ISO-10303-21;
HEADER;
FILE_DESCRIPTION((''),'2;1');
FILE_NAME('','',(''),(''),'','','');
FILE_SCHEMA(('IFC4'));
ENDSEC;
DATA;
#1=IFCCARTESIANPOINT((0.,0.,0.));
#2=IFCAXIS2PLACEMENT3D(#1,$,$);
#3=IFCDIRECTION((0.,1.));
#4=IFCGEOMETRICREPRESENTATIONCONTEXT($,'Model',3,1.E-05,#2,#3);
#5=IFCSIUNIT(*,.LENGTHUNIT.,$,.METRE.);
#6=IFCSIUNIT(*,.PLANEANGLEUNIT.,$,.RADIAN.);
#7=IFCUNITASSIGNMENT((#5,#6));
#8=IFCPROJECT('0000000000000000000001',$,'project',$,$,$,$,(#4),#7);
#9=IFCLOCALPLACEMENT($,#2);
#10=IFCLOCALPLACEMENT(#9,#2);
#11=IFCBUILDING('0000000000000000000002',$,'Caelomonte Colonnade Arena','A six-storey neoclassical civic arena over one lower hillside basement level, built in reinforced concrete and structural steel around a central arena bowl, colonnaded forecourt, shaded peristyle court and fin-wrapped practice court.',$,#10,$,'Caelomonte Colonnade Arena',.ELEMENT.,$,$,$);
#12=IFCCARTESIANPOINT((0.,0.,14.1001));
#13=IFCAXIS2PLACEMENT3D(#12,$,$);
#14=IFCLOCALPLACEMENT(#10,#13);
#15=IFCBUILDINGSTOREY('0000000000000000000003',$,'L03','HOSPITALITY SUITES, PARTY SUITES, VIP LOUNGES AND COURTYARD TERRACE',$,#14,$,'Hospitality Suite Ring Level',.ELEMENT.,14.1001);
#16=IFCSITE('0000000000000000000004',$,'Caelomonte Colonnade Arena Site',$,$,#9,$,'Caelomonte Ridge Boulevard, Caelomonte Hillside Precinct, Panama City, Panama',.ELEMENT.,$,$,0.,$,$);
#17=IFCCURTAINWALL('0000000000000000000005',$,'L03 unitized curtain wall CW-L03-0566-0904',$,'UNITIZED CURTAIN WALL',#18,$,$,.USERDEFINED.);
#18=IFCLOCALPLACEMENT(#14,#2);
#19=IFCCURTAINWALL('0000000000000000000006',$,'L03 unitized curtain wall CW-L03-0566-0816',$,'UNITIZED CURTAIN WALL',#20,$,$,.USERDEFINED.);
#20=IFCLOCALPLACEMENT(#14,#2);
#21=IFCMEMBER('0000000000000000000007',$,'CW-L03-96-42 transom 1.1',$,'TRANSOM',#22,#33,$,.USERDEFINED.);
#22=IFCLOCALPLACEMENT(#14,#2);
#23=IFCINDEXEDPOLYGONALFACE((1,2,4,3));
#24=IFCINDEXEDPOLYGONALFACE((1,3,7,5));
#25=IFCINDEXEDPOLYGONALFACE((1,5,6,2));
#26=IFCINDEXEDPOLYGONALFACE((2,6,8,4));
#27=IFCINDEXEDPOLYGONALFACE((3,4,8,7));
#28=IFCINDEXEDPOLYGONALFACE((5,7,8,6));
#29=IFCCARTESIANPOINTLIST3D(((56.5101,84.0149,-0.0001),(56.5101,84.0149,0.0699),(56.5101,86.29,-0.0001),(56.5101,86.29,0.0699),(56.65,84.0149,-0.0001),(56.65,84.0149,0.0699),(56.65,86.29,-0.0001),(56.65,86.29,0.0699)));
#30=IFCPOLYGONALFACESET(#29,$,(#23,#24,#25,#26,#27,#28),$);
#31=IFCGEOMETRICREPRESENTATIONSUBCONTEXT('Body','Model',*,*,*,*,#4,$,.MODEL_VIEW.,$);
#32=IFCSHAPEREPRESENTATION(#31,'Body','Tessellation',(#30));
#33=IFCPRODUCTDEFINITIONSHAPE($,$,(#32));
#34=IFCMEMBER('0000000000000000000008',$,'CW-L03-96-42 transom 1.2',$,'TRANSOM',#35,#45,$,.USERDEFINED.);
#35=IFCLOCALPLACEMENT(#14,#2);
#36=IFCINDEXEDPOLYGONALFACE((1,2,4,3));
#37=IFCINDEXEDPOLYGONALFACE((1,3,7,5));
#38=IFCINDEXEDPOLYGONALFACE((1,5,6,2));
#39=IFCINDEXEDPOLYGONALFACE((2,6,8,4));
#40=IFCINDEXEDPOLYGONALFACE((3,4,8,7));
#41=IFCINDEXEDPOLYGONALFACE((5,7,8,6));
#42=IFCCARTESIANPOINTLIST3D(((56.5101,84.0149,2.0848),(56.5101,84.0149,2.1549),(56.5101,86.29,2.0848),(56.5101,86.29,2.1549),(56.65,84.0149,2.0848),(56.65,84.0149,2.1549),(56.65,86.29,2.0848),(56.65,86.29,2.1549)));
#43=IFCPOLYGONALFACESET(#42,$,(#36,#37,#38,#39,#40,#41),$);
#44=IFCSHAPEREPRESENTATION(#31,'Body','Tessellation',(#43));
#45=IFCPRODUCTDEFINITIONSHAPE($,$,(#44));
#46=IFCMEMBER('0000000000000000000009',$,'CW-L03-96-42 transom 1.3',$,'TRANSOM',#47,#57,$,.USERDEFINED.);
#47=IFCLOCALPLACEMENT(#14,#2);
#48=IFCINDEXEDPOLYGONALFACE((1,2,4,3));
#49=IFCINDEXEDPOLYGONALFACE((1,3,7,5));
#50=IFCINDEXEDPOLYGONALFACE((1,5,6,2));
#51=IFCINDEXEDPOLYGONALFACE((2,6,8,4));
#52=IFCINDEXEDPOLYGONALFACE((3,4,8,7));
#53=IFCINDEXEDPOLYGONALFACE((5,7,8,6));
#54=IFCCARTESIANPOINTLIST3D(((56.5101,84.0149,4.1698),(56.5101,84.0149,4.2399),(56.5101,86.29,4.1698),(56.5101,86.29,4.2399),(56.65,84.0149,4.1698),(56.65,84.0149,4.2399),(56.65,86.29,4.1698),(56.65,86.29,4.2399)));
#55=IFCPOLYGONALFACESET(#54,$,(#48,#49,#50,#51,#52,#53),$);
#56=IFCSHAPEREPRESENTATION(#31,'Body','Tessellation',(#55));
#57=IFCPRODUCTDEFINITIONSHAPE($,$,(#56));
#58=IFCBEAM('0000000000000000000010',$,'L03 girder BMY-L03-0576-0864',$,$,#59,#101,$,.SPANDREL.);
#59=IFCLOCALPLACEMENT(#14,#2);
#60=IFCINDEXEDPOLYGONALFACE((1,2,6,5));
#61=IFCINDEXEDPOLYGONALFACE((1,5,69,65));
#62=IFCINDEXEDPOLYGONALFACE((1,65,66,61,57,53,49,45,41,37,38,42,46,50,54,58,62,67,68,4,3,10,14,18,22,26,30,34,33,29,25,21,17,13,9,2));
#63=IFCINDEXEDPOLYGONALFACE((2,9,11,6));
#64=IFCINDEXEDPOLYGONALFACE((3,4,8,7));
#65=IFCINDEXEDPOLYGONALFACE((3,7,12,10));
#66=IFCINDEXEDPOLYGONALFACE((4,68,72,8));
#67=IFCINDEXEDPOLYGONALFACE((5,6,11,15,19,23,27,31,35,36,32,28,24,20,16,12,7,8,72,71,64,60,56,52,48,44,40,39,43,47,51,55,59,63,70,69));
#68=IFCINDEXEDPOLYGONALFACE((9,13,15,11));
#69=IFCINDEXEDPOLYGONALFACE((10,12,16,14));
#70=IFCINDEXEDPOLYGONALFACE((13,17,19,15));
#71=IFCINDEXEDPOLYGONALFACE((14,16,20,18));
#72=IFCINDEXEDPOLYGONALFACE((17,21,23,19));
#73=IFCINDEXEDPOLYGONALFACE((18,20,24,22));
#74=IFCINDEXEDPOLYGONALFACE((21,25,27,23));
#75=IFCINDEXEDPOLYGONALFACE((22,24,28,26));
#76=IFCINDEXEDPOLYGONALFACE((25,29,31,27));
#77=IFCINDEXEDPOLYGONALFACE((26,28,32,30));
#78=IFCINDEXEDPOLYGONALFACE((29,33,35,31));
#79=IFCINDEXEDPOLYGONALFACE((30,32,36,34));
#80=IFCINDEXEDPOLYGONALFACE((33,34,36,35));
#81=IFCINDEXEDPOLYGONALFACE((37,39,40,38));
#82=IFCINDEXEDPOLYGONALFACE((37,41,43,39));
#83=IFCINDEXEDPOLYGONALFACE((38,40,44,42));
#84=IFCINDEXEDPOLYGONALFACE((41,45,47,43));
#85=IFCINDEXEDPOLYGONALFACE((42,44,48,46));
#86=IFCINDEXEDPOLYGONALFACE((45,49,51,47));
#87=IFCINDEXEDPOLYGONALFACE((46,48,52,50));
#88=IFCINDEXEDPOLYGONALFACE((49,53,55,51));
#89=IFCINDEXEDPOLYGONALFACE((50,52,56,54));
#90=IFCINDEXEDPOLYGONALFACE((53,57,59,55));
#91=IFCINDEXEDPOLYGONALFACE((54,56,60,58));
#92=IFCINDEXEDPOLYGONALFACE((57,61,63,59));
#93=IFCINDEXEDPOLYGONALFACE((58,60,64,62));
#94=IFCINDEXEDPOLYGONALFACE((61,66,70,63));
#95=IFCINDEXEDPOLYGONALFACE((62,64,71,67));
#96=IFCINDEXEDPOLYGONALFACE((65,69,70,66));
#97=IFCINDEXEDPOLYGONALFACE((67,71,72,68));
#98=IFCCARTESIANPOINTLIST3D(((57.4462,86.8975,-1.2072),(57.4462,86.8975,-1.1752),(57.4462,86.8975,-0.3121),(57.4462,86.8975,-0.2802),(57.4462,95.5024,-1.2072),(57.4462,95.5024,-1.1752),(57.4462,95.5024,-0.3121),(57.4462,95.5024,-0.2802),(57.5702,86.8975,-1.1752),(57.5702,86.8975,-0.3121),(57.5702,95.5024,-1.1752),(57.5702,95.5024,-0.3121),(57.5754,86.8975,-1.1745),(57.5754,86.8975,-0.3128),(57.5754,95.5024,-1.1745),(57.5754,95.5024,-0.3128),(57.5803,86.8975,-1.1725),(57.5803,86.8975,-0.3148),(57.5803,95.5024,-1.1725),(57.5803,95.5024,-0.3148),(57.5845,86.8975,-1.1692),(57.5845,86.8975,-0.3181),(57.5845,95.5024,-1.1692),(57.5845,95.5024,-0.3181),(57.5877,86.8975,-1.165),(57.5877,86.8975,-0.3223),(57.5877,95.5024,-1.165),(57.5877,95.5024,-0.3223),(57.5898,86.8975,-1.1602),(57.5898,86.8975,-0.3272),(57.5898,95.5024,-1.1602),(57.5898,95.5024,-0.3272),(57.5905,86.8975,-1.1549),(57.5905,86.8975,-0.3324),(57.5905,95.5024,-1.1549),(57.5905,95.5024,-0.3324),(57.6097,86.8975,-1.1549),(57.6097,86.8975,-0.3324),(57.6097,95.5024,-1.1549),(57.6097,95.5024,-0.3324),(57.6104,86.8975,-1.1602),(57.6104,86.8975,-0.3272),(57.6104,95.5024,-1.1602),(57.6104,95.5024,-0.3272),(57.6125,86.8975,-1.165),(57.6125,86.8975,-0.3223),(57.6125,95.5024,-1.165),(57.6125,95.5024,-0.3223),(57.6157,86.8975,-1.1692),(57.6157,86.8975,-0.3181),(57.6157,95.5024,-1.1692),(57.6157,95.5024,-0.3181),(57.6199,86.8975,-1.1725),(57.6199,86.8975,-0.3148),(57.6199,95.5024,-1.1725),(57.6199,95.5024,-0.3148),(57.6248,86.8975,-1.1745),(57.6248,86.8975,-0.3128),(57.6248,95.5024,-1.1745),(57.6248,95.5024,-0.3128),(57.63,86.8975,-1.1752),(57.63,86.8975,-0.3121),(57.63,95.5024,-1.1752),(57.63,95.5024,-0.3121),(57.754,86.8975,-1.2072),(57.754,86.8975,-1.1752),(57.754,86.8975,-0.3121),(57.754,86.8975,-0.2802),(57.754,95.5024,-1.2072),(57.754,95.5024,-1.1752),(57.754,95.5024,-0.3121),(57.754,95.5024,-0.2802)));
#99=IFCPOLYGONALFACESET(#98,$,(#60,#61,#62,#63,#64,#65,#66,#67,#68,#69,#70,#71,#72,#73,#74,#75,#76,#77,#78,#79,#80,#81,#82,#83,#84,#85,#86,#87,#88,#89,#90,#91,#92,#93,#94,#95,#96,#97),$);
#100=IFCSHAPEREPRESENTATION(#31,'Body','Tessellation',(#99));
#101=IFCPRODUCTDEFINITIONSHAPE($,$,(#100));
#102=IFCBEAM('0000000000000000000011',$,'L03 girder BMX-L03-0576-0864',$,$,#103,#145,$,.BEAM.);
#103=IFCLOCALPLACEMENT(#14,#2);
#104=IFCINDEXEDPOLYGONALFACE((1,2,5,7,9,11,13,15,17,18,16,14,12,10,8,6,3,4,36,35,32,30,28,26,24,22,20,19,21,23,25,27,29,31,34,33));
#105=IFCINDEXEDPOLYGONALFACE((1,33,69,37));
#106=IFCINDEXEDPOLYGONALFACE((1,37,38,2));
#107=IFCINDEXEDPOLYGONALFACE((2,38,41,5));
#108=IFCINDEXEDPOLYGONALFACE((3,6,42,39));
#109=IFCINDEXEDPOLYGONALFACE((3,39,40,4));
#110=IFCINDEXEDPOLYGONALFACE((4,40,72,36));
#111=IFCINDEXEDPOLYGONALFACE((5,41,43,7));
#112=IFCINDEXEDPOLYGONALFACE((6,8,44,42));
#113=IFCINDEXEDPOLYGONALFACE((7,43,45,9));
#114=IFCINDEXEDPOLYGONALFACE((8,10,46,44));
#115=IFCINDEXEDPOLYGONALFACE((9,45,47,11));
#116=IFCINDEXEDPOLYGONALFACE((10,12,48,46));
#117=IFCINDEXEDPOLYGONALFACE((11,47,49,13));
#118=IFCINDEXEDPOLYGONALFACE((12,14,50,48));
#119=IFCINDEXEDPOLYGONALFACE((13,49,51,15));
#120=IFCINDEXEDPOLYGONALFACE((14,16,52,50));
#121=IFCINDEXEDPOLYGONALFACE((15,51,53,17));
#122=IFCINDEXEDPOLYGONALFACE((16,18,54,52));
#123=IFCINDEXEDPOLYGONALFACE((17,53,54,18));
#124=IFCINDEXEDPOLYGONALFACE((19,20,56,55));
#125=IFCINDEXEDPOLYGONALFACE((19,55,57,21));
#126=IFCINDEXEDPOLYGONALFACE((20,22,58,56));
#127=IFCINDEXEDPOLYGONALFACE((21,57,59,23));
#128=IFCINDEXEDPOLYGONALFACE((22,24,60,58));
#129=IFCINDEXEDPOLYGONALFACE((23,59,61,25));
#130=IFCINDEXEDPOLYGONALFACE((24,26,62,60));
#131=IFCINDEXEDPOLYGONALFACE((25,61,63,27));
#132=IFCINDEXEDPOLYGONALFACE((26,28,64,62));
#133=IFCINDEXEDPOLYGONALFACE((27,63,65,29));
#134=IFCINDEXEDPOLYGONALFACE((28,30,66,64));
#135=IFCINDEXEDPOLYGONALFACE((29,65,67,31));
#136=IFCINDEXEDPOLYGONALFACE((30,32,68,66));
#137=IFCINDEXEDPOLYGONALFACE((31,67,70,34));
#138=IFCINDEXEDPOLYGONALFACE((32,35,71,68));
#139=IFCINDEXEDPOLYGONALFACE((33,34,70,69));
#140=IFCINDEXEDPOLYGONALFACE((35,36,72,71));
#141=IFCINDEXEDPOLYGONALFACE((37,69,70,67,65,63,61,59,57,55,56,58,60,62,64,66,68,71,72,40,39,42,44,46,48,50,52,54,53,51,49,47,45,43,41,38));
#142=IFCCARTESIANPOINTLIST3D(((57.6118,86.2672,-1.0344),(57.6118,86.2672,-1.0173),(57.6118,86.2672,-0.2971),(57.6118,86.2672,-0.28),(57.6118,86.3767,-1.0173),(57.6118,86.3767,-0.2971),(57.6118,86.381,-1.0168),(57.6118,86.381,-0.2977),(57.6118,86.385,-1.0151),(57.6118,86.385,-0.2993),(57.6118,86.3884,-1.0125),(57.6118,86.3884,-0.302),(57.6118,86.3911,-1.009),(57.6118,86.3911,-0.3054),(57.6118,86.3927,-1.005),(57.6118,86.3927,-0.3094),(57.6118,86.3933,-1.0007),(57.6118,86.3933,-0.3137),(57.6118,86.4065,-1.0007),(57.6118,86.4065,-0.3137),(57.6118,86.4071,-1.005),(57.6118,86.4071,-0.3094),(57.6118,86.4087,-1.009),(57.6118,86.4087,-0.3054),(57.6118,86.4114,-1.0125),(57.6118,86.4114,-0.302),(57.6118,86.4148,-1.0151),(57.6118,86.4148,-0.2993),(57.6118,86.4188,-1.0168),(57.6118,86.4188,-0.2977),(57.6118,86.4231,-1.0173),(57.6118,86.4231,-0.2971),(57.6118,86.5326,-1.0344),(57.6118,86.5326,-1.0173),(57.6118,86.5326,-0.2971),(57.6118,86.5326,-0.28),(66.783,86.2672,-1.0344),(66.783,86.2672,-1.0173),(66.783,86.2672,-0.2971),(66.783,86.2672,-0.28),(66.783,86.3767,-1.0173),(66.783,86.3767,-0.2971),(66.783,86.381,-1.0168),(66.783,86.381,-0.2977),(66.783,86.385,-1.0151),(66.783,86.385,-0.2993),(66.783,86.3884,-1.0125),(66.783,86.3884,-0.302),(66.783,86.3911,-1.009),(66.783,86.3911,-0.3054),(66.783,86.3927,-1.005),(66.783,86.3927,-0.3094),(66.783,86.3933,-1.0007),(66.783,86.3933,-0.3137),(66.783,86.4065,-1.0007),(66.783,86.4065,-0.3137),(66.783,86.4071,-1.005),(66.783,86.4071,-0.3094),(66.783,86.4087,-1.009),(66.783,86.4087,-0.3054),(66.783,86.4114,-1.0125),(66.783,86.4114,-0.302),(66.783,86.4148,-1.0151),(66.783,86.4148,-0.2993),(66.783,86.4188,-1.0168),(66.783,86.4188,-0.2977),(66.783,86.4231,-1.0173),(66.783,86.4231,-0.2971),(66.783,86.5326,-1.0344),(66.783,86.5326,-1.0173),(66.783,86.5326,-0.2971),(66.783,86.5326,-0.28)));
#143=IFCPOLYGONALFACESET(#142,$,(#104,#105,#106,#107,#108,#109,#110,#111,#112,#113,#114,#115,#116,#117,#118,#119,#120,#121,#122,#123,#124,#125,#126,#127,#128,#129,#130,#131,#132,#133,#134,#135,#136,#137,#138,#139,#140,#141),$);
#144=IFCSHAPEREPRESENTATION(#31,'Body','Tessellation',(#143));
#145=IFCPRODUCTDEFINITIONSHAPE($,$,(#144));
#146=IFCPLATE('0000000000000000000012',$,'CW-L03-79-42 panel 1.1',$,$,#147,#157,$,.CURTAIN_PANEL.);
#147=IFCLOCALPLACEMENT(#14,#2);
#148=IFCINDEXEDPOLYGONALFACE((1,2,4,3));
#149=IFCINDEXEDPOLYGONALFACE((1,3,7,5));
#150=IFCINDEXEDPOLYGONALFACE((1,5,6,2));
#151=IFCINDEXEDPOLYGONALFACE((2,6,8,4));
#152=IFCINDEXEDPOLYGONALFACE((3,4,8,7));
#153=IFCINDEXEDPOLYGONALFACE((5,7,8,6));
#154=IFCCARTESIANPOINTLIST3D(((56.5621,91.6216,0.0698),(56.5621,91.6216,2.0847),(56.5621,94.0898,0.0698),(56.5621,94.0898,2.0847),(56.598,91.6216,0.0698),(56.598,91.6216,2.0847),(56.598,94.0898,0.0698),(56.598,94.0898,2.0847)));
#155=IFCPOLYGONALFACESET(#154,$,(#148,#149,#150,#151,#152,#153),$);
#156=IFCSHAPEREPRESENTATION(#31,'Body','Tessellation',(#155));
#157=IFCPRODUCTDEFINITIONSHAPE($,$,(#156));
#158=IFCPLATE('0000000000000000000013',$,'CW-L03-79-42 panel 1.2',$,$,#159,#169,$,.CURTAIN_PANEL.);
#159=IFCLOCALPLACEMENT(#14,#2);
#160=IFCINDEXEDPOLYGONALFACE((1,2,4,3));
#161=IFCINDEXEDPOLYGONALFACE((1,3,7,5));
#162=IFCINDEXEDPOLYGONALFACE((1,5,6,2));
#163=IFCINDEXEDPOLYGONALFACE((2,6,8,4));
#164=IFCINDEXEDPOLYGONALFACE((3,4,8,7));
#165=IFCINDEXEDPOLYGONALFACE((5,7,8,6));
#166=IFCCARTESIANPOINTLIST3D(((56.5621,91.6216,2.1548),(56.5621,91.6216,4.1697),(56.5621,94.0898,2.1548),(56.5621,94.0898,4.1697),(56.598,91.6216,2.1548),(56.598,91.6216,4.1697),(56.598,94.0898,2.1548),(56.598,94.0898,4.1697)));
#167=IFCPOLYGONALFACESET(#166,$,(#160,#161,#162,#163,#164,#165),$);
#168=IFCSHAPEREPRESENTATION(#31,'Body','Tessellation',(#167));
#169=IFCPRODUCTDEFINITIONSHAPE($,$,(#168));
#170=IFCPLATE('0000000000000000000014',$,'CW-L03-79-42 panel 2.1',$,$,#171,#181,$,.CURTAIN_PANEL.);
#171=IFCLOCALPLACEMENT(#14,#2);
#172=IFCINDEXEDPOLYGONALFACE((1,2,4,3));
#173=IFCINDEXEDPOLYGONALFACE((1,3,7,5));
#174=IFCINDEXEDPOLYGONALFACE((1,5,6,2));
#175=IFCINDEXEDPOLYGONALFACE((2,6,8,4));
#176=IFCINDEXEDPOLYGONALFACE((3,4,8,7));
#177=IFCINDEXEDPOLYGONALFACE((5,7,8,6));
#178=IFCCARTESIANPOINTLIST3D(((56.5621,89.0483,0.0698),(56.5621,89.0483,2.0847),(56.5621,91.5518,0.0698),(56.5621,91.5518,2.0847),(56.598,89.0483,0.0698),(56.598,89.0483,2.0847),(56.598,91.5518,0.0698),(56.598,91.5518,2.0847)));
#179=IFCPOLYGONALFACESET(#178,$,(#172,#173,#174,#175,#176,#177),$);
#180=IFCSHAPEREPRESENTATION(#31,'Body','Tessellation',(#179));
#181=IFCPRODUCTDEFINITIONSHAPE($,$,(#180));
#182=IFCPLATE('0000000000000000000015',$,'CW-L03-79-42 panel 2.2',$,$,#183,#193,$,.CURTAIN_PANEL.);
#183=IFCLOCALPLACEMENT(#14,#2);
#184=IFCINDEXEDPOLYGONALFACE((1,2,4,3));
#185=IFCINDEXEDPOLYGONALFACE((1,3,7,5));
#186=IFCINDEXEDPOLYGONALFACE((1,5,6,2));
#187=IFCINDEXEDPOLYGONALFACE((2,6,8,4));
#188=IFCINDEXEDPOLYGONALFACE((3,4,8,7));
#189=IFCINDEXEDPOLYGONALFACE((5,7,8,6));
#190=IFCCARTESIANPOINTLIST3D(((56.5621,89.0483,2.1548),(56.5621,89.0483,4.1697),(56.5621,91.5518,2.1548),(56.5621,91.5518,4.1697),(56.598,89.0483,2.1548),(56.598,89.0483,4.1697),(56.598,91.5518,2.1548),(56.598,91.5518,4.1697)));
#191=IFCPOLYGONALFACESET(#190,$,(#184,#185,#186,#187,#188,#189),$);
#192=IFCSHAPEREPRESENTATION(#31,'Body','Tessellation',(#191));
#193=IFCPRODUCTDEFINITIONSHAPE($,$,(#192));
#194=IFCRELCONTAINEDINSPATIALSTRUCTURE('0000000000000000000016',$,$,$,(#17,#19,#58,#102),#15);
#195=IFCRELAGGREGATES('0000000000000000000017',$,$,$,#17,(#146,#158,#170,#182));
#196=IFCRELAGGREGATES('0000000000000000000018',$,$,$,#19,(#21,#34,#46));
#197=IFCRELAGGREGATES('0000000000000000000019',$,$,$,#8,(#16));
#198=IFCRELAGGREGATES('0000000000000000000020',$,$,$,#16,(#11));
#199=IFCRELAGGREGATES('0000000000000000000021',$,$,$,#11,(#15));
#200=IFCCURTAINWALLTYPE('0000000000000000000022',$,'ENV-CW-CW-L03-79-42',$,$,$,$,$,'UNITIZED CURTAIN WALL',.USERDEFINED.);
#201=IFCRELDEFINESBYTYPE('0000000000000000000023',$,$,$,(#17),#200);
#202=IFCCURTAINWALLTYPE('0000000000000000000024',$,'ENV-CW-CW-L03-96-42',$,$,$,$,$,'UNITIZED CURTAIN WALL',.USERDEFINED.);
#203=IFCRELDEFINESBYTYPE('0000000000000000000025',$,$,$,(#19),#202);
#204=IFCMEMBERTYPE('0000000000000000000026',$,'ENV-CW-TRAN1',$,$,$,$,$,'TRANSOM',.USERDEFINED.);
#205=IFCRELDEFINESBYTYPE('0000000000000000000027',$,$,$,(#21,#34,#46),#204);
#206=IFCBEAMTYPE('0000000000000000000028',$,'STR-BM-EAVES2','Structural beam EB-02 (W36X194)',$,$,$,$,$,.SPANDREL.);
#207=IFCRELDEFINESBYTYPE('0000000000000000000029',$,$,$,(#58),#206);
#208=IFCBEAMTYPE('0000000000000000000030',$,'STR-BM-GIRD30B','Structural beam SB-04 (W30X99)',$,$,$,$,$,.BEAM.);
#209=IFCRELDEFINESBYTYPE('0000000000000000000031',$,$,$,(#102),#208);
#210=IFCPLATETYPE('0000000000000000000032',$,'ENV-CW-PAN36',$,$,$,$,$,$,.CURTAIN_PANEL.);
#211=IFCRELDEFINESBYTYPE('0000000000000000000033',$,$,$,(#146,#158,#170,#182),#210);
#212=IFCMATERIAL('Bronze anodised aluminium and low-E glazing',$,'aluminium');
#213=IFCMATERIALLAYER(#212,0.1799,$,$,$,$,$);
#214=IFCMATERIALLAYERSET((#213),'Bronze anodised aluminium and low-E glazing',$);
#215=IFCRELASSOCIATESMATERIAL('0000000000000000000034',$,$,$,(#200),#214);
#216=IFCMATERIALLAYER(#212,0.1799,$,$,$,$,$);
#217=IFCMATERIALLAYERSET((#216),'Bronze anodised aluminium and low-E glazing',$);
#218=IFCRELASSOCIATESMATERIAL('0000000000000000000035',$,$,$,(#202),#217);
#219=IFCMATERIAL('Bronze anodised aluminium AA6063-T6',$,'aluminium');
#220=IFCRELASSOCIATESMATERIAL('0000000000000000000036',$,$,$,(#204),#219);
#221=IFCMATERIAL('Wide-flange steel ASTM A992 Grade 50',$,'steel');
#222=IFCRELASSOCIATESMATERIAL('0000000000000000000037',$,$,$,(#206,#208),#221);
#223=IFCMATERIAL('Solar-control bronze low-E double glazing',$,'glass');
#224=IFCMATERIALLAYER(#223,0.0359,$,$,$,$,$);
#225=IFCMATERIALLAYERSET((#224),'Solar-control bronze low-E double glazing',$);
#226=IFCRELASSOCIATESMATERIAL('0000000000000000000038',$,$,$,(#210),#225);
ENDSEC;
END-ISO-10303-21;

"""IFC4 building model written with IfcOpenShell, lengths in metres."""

from ifc_helpers import new_model, si_unit, direction, frame, origin, origin_2d, place, context, subcontext, project, spatial, rectangle, i_section, extrude, material, layer, layer_set, material_profile, profile_set, type_object, element, aggregate, save


model = new_model("IFC4")

# Units and contexts
model_context = context("Model", 3, precision=1e-05, world=origin(), true_north=direction((0.0, 1.0)))
body_context = subcontext(model_context, "Body", "Model", "MODEL_VIEW")
ifc_project = project(units=[si_unit("LENGTHUNIT", "METRE"), si_unit("PLANEANGLEUNIT", "RADIAN")], contexts=[model_context])

# Site, building, storey
site_placement = place(None, origin())
site = spatial("IfcSite", under=ifc_project, at=site_placement, Name="Caelomonte Colonnade Arena Site", LongName="Caelomonte Ridge Boulevard, Caelomonte Hillside Precinct, Panama City, Panama", CompositionType="ELEMENT", RefElevation=0.0)
building_placement = place(site_placement, origin())
building = spatial("IfcBuilding", under=site, at=building_placement, Name="Caelomonte Colonnade Arena", Description="A six-storey neoclassical civic arena over one lower hillside basement level, built in reinforced concrete and structural steel around a central arena bowl, colonnaded forecourt, shaded peristyle court and fin-wrapped practice court.", LongName="Caelomonte Colonnade Arena", CompositionType="ELEMENT")
storey_placement = place(building_placement, frame((0.0, 0.0, 14.1001)))
storey = spatial("IfcBuildingStorey", under=building, at=storey_placement, Name="L03", Description="HOSPITALITY SUITES, PARTY SUITES, VIP LOUNGES AND COURTYARD TERRACE", LongName="Hospitality Suite Ring Level", CompositionType="ELEMENT", Elevation=14.1001)

# Shared definitions
ifc_material_1 = material(Name="Wide-flange steel ASTM A992 Grade 50", Category="steel")

# Curtain wall
ifc_material_2 = material(Name="Bronze anodised aluminium and low-E glazing", Category="aluminium")
ifc_layer_1 = layer(ifc_material_2, 0.1799)
ifc_layer_set_1 = layer_set([ifc_layer_1], Name="Bronze anodised aluminium and low-E glazing")
curtain_wall_type_1 = type_object("IfcCurtainWallType", Name="ENV-CW-CW-L03-79-42", ElementType="UNITIZED CURTAIN WALL", PredefinedType="USERDEFINED", material=ifc_layer_set_1)
curtain_wall_1_placement = place(storey_placement, origin())
curtain_wall_1 = element("IfcCurtainWall", 1, at=curtain_wall_1_placement, inside=storey, type_object=curtain_wall_type_1, Name="L03 unitized curtain wall CW-L03-0566-0904", ObjectType="UNITIZED CURTAIN WALL", PredefinedType="USERDEFINED")
ifc_material_3 = material(Name="Bronze anodised aluminium AA6063-T6", Category="aluminium")

# Curtain wall
ifc_layer_2 = layer(ifc_material_2, 0.1799)
ifc_layer_set_2 = layer_set([ifc_layer_2], Name="Bronze anodised aluminium and low-E glazing")
curtain_wall_type_2 = type_object("IfcCurtainWallType", Name="ENV-CW-CW-L03-96-42", ElementType="UNITIZED CURTAIN WALL", PredefinedType="USERDEFINED", material=ifc_layer_set_2)
curtain_wall_2_placement = place(storey_placement, origin())
curtain_wall_2 = element("IfcCurtainWall", 2, at=curtain_wall_2_placement, inside=storey, type_object=curtain_wall_type_2, Name="L03 unitized curtain wall CW-L03-0566-0816", ObjectType="UNITIZED CURTAIN WALL", PredefinedType="USERDEFINED")

# Members
ifc_material_profile_1 = material_profile(ifc_material_3, rectangle(XDim=0.0701, YDim=0.1399, at=origin_2d()), Name="CWT-70X140")
ifc_profile_set_1 = profile_set([ifc_material_profile_1], Name="Bronze anodised aluminium AA6063-T6")
member_type_1 = type_object("IfcMemberType", Name="ENV-CW-TRAN1", ElementType="TRANSOM", PredefinedType="USERDEFINED", material=ifc_profile_set_1)
member_1_placement = place(storey_placement, frame((56.5801, 86.29, 0.0349), z_axis=(0.0, -1.0, 0.0), x_axis=(0.0, 0.0, 1.0)))
member_1 = element("IfcMember", 3, at=member_1_placement, type_object=member_type_1, Name="CW-L03-96-42 transom 1.1", ObjectType="TRANSOM", PredefinedType="USERDEFINED", context=body_context, shape_type="SweptSolid", body=[
    extrude(rectangle(XDim=0.0701, YDim=0.1399, at=origin_2d()), origin(), (0.0, 0.0, 1.0), 2.2751),
])
member_2_placement = place(storey_placement, frame((56.5801, 86.29, 2.1199), z_axis=(0.0, -1.0, 0.0), x_axis=(0.0, 0.0, 1.0)))
member_2 = element("IfcMember", 4, at=member_2_placement, type_object=member_type_1, Name="CW-L03-96-42 transom 1.2", ObjectType="TRANSOM", PredefinedType="USERDEFINED", context=body_context, shape_type="SweptSolid", body=[
    extrude(rectangle(XDim=0.0701, YDim=0.1399, at=origin_2d()), origin(), (0.0, 0.0, 1.0), 2.2751),
])
member_3_placement = place(storey_placement, frame((56.5801, 86.29, 4.2048), z_axis=(0.0, -1.0, 0.0), x_axis=(0.0, 0.0, 1.0)))
member_3 = element("IfcMember", 5, at=member_3_placement, type_object=member_type_1, Name="CW-L03-96-42 transom 1.3", ObjectType="TRANSOM", PredefinedType="USERDEFINED", context=body_context, shape_type="SweptSolid", body=[
    extrude(rectangle(XDim=0.0701, YDim=0.1399, at=origin_2d()), origin(), (0.0, 0.0, 1.0), 2.2751),
])

# Beams
ifc_material_profile_2 = material_profile(ifc_material_1, i_section(OverallWidth=0.3079, OverallDepth=0.927, WebThickness=0.0193, FlangeThickness=0.032, FilletRadius=0.0203, at=origin_2d()), Name="W36X194")
ifc_profile_set_2 = profile_set([ifc_material_profile_2], Name="Wide-flange steel ASTM A992 Grade 50")
beam_type_1 = type_object("IfcBeamType", Name="STR-BM-EAVES2", Description="Structural beam EB-02 (W36X194)", PredefinedType="SPANDREL", material=ifc_profile_set_2)
beam_1_placement = place(storey_placement, frame((57.6001, 86.8975, -0.7437), z_axis=(0.0, 1.0, 0.0), x_axis=(-1.0, 0.0, 0.0)))
element("IfcBeam", 6, at=beam_1_placement, inside=storey, type_object=beam_type_1, Name="L03 girder BMY-L03-0576-0864", PredefinedType="SPANDREL", context=body_context, shape_type="SweptSolid", body=[
    extrude(i_section(OverallWidth=0.3079, OverallDepth=0.927, WebThickness=0.0193, FlangeThickness=0.032, FilletRadius=0.0203, at=origin_2d()), origin(), (0.0, 0.0, 1.0), 8.605),
])
ifc_material_profile_3 = material_profile(ifc_material_1, i_section(OverallWidth=0.2654, OverallDepth=0.7544, WebThickness=0.0132, FlangeThickness=0.0171, FilletRadius=0.0166, at=origin_2d()), Name="W30X99")
ifc_profile_set_3 = profile_set([ifc_material_profile_3], Name="Wide-flange steel ASTM A992 Grade 50")
beam_type_2 = type_object("IfcBeamType", Name="STR-BM-GIRD30B", Description="Structural beam SB-04 (W30X99)", PredefinedType="BEAM", material=ifc_profile_set_3)
beam_2_placement = place(storey_placement, frame((57.6118, 86.3999, -0.6572), z_axis=(1.0, 0.0, 0.0), x_axis=(0.0, 1.0, 0.0)))
element("IfcBeam", 7, at=beam_2_placement, inside=storey, type_object=beam_type_2, Name="L03 girder BMX-L03-0576-0864", PredefinedType="BEAM", context=body_context, shape_type="SweptSolid", body=[
    extrude(i_section(OverallWidth=0.2654, OverallDepth=0.7544, WebThickness=0.0132, FlangeThickness=0.0171, FilletRadius=0.0166, at=origin_2d()), origin(), (0.0, 0.0, 1.0), 9.1711),
])

# Plates
ifc_material_4 = material(Name="Solar-control bronze low-E double glazing", Category="glass")
ifc_layer_3 = layer(ifc_material_4, 0.0359)
ifc_layer_set_3 = layer_set([ifc_layer_3], Name="Solar-control bronze low-E double glazing")
plate_type = type_object("IfcPlateType", Name="ENV-CW-PAN36", PredefinedType="CURTAIN_PANEL", material=ifc_layer_set_3)
plate_1_placement = place(storey_placement, frame((56.5801, 92.8557, 0.0698), z_axis=(0.0, 0.0, 1.0), x_axis=(0.0, -1.0, 0.0)))
plate_1 = element("IfcPlate", 8, at=plate_1_placement, type_object=plate_type, Name="CW-L03-79-42 panel 1.1", PredefinedType="CURTAIN_PANEL", context=body_context, shape_type="SweptSolid", body=[
    extrude(rectangle(XDim=2.4683, YDim=0.0359, at=origin_2d()), origin(), (0.0, 0.0, 1.0), 2.0149),
])
plate_2_placement = place(storey_placement, frame((56.5801, 92.8557, 2.1548), z_axis=(0.0, 0.0, 1.0), x_axis=(0.0, -1.0, 0.0)))
plate_2 = element("IfcPlate", 9, at=plate_2_placement, type_object=plate_type, Name="CW-L03-79-42 panel 1.2", PredefinedType="CURTAIN_PANEL", context=body_context, shape_type="SweptSolid", body=[
    extrude(rectangle(XDim=2.4683, YDim=0.0359, at=origin_2d()), origin(), (0.0, 0.0, 1.0), 2.0149),
])
plate_3_placement = place(storey_placement, frame((56.5801, 90.3, 0.0698), z_axis=(0.0, 0.0, 1.0), x_axis=(0.0, -1.0, 0.0)))
plate_3 = element("IfcPlate", 10, at=plate_3_placement, type_object=plate_type, Name="CW-L03-79-42 panel 2.1", PredefinedType="CURTAIN_PANEL", context=body_context, shape_type="SweptSolid", body=[
    extrude(rectangle(XDim=2.5034, YDim=0.0359, at=origin_2d()), origin(), (0.0, 0.0, 1.0), 2.0149),
])
plate_4_placement = place(storey_placement, frame((56.5801, 90.3, 2.1548), z_axis=(0.0, 0.0, 1.0), x_axis=(0.0, -1.0, 0.0)))
plate_4 = element("IfcPlate", 11, at=plate_4_placement, type_object=plate_type, Name="CW-L03-79-42 panel 2.2", PredefinedType="CURTAIN_PANEL", context=body_context, shape_type="SweptSolid", body=[
    extrude(rectangle(XDim=2.5034, YDim=0.0359, at=origin_2d()), origin(), (0.0, 0.0, 1.0), 2.0149),
])
aggregate(curtain_wall_1, [plate_1, plate_2, plate_3, plate_4])
aggregate(curtain_wall_2, [member_1, member_2, member_3])

save(model, "model.ifc")
